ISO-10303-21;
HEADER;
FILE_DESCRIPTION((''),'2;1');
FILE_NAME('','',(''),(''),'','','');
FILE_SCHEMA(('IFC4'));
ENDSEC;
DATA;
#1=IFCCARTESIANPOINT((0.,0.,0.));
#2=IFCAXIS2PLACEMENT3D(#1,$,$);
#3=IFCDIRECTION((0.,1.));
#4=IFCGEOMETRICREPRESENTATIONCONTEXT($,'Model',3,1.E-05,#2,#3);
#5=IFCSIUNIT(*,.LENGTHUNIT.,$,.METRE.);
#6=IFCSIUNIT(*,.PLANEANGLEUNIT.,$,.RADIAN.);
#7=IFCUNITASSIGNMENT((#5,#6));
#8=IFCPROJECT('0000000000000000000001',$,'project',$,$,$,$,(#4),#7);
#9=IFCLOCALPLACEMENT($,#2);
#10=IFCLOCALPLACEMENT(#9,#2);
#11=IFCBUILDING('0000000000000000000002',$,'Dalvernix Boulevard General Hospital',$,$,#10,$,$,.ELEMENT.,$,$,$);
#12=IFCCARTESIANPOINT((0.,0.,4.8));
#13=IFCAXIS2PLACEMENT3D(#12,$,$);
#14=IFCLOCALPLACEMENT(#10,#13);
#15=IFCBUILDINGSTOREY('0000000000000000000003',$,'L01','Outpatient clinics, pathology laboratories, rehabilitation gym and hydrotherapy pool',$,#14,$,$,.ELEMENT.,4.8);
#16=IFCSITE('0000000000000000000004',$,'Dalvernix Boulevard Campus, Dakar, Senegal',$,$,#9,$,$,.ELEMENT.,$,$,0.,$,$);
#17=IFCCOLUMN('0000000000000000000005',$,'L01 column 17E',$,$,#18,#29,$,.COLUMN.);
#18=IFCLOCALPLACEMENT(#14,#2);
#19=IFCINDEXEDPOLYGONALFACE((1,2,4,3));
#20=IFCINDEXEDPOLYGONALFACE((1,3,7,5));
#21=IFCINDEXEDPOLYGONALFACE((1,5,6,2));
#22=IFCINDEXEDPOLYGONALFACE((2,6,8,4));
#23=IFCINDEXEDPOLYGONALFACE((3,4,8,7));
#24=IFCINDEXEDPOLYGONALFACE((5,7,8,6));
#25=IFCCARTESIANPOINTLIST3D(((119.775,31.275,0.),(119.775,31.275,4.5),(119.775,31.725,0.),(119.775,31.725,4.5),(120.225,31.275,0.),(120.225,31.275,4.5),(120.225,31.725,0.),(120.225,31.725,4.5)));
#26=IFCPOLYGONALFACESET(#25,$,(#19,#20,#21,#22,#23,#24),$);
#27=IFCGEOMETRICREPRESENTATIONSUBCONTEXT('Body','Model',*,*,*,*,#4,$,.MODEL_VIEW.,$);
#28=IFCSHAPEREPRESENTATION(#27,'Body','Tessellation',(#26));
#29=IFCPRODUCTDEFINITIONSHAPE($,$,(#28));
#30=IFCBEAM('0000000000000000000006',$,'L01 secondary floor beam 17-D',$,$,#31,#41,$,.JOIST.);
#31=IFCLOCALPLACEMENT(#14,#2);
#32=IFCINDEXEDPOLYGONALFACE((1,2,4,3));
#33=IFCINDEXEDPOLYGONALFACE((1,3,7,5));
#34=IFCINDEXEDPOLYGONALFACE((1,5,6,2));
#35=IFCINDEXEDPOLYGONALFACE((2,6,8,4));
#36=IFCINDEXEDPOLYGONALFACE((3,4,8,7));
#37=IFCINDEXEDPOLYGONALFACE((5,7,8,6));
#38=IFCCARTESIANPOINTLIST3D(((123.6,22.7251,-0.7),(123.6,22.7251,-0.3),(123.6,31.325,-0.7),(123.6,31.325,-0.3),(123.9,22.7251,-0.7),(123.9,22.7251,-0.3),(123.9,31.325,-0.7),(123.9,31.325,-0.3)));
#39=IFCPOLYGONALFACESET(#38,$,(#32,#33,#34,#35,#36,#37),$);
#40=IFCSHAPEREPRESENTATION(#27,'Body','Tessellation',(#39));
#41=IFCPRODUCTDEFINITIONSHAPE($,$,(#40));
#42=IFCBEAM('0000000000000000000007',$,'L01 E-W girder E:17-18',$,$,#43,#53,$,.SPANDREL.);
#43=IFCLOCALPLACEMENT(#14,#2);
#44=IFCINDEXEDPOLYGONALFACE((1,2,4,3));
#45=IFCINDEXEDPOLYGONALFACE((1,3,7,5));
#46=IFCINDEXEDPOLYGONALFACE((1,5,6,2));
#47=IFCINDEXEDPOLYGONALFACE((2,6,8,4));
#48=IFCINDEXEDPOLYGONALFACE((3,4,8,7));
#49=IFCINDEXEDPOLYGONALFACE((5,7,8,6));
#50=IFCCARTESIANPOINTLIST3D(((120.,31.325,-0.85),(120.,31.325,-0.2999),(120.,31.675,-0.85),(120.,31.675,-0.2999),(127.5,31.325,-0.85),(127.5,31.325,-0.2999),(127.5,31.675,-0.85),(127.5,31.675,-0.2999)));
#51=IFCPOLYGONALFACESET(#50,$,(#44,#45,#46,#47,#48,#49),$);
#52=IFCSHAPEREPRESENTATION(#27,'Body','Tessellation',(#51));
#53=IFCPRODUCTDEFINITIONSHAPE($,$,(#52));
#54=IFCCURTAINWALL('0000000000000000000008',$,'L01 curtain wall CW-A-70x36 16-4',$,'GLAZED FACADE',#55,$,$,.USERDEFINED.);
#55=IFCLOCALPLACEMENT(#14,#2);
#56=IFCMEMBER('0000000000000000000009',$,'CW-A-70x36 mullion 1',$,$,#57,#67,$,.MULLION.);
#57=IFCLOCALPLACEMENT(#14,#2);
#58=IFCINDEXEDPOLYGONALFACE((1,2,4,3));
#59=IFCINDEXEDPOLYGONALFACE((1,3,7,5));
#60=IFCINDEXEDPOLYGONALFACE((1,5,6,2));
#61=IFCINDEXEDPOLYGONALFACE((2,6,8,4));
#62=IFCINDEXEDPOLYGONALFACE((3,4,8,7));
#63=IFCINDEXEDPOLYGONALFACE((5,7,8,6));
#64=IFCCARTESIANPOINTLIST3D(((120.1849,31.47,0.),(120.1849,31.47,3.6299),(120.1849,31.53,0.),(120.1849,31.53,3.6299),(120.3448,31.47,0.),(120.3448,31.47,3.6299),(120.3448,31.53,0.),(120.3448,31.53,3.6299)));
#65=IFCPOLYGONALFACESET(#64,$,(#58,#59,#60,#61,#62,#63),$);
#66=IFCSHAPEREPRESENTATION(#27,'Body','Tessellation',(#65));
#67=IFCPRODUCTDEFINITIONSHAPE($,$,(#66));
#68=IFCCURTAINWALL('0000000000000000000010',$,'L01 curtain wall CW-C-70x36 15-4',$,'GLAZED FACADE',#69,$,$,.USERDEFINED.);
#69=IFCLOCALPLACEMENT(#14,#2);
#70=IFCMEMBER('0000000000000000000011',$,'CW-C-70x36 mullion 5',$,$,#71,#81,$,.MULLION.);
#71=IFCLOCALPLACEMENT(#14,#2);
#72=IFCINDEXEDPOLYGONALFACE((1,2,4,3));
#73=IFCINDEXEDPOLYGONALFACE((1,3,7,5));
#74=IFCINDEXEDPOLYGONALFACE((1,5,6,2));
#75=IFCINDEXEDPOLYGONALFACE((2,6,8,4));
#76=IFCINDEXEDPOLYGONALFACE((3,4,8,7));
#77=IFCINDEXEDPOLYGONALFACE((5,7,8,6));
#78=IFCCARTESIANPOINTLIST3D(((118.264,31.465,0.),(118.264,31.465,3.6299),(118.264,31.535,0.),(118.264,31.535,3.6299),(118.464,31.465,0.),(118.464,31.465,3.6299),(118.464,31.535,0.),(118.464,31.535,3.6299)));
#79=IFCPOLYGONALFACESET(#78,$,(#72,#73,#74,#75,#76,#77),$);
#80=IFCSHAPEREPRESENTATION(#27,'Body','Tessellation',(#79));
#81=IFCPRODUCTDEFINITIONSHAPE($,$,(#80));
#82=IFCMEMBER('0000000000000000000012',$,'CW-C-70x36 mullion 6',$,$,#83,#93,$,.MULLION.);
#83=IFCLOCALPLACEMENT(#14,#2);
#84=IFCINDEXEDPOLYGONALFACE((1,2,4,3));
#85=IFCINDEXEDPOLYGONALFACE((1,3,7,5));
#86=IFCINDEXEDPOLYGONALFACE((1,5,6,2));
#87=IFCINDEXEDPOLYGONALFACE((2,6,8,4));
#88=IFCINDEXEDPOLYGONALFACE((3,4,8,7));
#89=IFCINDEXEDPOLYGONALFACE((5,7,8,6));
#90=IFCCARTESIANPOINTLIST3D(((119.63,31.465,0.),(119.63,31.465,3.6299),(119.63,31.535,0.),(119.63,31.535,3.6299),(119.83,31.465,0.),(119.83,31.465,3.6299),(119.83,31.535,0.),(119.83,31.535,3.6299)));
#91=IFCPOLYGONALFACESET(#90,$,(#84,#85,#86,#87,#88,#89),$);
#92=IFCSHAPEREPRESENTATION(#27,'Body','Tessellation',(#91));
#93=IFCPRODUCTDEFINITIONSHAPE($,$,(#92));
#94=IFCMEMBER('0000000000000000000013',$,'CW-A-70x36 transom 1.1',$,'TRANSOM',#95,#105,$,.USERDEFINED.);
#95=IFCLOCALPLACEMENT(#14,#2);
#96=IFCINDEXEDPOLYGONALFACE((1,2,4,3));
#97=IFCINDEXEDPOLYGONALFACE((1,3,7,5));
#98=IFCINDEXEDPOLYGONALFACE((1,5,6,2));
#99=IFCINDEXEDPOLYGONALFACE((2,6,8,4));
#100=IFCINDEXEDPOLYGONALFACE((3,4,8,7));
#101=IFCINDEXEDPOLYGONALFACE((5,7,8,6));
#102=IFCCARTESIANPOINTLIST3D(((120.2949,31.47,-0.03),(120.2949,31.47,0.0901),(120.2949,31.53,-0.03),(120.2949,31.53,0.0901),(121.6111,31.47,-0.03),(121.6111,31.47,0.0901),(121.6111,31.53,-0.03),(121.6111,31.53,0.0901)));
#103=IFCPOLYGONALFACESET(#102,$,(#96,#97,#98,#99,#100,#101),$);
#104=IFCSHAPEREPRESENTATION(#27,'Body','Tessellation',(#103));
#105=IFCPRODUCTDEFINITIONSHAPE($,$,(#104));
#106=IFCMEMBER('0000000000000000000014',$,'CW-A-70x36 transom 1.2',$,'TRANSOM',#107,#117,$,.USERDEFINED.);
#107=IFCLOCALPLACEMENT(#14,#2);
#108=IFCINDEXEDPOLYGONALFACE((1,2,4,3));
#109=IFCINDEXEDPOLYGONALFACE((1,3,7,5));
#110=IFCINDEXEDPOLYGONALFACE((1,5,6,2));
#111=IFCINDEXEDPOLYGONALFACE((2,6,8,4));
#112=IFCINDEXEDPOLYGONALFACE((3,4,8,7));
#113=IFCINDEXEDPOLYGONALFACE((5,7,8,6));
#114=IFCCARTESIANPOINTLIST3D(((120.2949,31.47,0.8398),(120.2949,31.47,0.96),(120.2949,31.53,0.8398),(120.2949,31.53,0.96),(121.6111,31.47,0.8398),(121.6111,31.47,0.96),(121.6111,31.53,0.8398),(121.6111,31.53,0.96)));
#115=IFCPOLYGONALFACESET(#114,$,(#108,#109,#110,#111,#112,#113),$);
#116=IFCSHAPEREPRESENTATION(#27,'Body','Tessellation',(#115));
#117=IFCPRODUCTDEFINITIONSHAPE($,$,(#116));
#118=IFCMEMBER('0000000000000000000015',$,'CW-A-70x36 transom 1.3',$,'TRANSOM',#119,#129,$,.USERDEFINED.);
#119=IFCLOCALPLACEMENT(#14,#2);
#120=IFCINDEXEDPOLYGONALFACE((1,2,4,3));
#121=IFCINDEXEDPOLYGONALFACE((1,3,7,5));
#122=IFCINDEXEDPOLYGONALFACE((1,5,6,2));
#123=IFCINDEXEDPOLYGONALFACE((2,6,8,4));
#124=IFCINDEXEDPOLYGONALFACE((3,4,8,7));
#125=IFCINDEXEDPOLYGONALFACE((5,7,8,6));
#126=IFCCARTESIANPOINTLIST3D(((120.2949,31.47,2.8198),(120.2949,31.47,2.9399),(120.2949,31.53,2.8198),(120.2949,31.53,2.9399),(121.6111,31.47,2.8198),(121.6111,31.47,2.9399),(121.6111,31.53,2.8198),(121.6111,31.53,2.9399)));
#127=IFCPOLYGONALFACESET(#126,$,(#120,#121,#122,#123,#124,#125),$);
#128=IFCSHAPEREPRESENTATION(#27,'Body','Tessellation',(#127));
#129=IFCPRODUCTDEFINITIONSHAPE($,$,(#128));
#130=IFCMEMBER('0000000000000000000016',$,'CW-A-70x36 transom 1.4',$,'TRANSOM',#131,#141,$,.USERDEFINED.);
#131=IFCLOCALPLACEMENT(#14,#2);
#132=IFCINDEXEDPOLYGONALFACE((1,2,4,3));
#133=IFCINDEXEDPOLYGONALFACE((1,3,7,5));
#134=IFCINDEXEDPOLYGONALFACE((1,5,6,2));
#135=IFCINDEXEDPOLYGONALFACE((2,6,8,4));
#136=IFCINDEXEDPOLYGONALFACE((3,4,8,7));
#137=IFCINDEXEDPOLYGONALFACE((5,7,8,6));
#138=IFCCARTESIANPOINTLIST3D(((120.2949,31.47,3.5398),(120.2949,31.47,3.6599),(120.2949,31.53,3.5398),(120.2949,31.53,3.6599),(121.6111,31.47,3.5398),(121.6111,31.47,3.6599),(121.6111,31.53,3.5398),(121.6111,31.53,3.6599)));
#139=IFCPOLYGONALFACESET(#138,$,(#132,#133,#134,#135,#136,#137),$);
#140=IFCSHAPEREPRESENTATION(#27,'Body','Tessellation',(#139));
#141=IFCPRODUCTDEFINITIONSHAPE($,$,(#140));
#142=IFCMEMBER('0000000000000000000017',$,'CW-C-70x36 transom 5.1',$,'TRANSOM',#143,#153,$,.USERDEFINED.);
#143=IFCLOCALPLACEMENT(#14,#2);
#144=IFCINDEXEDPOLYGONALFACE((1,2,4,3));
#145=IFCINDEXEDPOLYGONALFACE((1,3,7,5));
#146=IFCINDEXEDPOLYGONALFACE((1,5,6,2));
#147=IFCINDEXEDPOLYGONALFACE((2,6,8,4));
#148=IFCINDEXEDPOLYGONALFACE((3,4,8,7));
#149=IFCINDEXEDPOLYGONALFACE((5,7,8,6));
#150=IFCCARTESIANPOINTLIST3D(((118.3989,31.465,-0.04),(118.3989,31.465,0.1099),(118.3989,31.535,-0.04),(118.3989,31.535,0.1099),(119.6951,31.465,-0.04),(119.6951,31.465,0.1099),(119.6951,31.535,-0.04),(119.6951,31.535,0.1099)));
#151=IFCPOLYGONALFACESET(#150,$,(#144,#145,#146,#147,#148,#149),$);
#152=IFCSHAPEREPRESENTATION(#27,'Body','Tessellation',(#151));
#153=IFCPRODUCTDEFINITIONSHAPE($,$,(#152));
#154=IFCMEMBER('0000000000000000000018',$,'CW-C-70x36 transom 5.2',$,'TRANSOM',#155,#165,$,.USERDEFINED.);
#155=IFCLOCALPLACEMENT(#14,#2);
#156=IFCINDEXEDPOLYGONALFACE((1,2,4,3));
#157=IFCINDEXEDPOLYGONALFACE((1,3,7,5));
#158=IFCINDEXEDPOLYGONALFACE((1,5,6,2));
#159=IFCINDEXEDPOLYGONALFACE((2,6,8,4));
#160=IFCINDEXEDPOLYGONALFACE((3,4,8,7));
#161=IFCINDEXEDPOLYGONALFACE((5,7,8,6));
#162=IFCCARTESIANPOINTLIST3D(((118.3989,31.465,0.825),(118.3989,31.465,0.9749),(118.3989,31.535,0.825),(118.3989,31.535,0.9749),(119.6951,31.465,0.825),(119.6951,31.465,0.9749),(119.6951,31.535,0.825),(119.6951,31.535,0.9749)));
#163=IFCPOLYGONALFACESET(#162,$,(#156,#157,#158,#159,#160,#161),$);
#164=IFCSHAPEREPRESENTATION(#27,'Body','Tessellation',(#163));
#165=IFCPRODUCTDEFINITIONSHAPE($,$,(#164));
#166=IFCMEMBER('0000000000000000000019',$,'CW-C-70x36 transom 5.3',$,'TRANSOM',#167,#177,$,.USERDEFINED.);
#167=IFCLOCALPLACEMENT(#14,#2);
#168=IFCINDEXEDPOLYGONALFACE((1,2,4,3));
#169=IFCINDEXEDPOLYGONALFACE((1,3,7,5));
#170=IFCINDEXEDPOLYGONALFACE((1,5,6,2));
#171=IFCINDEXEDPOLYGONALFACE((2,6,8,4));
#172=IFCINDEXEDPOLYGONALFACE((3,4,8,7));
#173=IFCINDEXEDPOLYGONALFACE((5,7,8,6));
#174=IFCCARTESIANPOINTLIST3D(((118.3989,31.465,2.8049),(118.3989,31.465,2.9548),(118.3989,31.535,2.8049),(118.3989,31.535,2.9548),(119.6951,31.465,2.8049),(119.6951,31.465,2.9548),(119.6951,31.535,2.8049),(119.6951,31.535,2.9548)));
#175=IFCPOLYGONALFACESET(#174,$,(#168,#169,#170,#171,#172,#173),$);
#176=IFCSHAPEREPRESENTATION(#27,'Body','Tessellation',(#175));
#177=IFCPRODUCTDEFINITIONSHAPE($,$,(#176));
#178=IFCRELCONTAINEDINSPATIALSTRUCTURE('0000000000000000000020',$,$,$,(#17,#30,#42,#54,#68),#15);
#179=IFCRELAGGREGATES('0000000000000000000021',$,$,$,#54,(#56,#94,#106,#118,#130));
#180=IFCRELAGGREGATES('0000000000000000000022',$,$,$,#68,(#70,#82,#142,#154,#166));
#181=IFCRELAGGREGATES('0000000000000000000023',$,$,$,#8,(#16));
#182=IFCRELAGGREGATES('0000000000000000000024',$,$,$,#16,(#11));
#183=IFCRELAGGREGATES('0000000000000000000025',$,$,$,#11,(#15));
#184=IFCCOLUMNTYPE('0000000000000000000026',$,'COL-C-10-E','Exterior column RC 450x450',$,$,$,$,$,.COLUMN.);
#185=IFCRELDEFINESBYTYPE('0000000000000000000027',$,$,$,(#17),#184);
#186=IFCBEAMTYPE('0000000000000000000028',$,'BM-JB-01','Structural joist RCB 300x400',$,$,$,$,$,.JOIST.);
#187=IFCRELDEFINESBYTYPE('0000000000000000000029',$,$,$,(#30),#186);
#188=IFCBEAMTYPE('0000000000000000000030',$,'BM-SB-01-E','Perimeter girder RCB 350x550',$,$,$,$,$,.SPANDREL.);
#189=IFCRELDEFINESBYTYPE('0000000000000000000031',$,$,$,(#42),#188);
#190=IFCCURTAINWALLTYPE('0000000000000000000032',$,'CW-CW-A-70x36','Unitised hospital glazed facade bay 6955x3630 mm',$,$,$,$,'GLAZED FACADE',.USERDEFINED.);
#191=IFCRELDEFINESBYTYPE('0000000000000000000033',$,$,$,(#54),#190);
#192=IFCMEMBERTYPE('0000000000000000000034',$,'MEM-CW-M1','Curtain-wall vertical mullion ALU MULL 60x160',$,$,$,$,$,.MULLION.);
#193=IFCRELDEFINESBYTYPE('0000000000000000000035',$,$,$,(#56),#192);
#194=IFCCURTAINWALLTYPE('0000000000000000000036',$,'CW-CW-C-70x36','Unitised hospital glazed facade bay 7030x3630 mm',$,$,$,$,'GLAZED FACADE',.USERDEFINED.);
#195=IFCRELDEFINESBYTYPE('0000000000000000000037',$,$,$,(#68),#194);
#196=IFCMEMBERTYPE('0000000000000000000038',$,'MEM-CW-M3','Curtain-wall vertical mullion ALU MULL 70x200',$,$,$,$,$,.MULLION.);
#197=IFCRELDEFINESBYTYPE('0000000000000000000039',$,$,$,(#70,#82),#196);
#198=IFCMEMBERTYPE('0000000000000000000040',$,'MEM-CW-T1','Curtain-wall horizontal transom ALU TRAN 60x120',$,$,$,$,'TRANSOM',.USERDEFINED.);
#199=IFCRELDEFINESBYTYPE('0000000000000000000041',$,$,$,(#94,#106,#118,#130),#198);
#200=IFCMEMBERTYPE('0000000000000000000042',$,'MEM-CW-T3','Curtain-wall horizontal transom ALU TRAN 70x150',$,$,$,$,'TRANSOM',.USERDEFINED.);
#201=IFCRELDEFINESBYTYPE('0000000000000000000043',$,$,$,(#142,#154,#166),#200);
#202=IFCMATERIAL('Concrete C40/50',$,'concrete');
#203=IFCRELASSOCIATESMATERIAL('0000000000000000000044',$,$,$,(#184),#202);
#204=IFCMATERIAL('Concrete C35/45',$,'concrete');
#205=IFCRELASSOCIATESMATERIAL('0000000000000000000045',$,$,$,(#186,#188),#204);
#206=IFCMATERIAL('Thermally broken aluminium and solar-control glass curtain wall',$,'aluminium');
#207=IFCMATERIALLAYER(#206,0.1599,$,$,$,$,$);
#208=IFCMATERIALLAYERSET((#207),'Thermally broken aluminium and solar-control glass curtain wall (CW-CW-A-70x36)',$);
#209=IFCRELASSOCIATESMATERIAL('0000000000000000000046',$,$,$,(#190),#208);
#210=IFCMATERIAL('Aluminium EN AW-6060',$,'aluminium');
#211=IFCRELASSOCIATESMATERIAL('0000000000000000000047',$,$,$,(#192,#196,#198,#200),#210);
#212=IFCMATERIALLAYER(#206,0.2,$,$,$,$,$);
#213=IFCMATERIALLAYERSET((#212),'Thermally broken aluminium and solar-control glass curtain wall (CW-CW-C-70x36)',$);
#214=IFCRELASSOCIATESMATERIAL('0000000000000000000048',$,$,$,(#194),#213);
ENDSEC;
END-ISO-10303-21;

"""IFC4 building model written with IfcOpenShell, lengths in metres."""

from ifc_helpers import new_model, si_unit, direction, frame, origin, origin_2d, place, context, subcontext, project, spatial, rectangle, extrude, material, layer, layer_set, material_profile, profile_set, type_object, element, aggregate, save


model = new_model("IFC4")

# Units and contexts
model_context = context("Model", 3, precision=1e-05, world=origin(), true_north=direction((0.0, 1.0)))
body_context = subcontext(model_context, "Body", "Model", "MODEL_VIEW")
ifc_project = project(units=[si_unit("LENGTHUNIT", "METRE"), si_unit("PLANEANGLEUNIT", "RADIAN")], contexts=[model_context])

# Site, building, storey
site_placement = place(None, origin())
site = spatial("IfcSite", under=ifc_project, at=site_placement, Name="Dalvernix Boulevard Campus, Dakar, Senegal", CompositionType="ELEMENT", RefElevation=0.0)
building_placement = place(site_placement, origin())
building = spatial("IfcBuilding", under=site, at=building_placement, Name="Dalvernix Boulevard General Hospital", CompositionType="ELEMENT")
storey_placement = place(building_placement, frame((0.0, 0.0, 4.8)))
storey = spatial("IfcBuildingStorey", under=building, at=storey_placement, Name="L01", Description="Outpatient clinics, pathology laboratories, rehabilitation gym and hydrotherapy pool", CompositionType="ELEMENT", Elevation=4.8)

# Column
ifc_material_1 = material(Name="Concrete C40/50", Category="concrete")
ifc_material_profile_1 = material_profile(ifc_material_1, rectangle(XDim=0.45, YDim=0.45, at=origin_2d()), Name="RC 450x450")
ifc_profile_set_1 = profile_set([ifc_material_profile_1], Name="Concrete C40/50")
column_type = type_object("IfcColumnType", Name="COL-C-10-E", Description="Exterior column RC 450x450", PredefinedType="COLUMN", material=ifc_profile_set_1)
column_placement = place(storey_placement, frame((120.0, 31.5, 0.0), z_axis=(0.0, 0.0, 1.0), x_axis=(1.0, 0.0, 0.0)))
element("IfcColumn", 1, at=column_placement, inside=storey, type_object=column_type, Name="L01 column 17E", PredefinedType="COLUMN", context=body_context, shape_type="SweptSolid", body=[
    extrude(rectangle(XDim=0.45, YDim=0.45, at=origin_2d()), origin(), (0.0, 0.0, 1.0), 4.5),
])

# Beams
ifc_material_2 = material(Name="Concrete C35/45", Category="concrete")
ifc_material_profile_2 = material_profile(ifc_material_2, rectangle(XDim=0.3, YDim=0.3999, at=origin_2d()), Name="RCB 300x400")
ifc_profile_set_2 = profile_set([ifc_material_profile_2], Name="Concrete C35/45")
beam_type_1 = type_object("IfcBeamType", Name="BM-JB-01", Description="Structural joist RCB 300x400", PredefinedType="JOIST", material=ifc_profile_set_2)
beam_1_placement = place(storey_placement, frame((123.75, 22.7251, -0.5), z_axis=(0.0, 1.0, 0.0), x_axis=(-1.0, 0.0, 0.0)))
element("IfcBeam", 2, at=beam_1_placement, inside=storey, type_object=beam_type_1, Name="L01 secondary floor beam 17-D", PredefinedType="JOIST", context=body_context, shape_type="SweptSolid", body=[
    extrude(rectangle(XDim=0.3, YDim=0.3999, at=origin_2d()), origin(), (0.0, 0.0, 1.0), 8.5999),
])
ifc_material_profile_3 = material_profile(ifc_material_2, rectangle(XDim=0.3501, YDim=0.55, at=origin_2d()), Name="RCB 350x550")
ifc_profile_set_3 = profile_set([ifc_material_profile_3], Name="Concrete C35/45")
beam_type_2 = type_object("IfcBeamType", Name="BM-SB-01-E", Description="Perimeter girder RCB 350x550", PredefinedType="SPANDREL", material=ifc_profile_set_3)
beam_2_placement = place(storey_placement, frame((120.0, 31.5, -0.575), z_axis=(1.0, 0.0, 0.0), x_axis=(0.0, 1.0, 0.0)))
element("IfcBeam", 3, at=beam_2_placement, inside=storey, type_object=beam_type_2, Name="L01 E-W girder E:17-18", PredefinedType="SPANDREL", context=body_context, shape_type="SweptSolid", body=[
    extrude(rectangle(XDim=0.3501, YDim=0.55, at=origin_2d()), origin(), (0.0, 0.0, 1.0), 7.5),
])

# Curtain wall, member
ifc_material_3 = material(Name="Thermally broken aluminium and solar-control glass curtain wall", Category="aluminium")
ifc_layer_1 = layer(ifc_material_3, 0.1599)
ifc_layer_set_1 = layer_set([ifc_layer_1], Name="Thermally broken aluminium and solar-control glass curtain wall (CW-CW-A-70x36)")
curtain_wall_type_1 = type_object("IfcCurtainWallType", Name="CW-CW-A-70x36", Description="Unitised hospital glazed facade bay 6955x3630 mm", ElementType="GLAZED FACADE", PredefinedType="USERDEFINED", material=ifc_layer_set_1)
curtain_wall_1_placement = place(storey_placement, origin())
curtain_wall_1 = element("IfcCurtainWall", 4, at=curtain_wall_1_placement, inside=storey, type_object=curtain_wall_type_1, Name="L01 curtain wall CW-A-70x36 16-4", ObjectType="GLAZED FACADE", PredefinedType="USERDEFINED")
ifc_material_4 = material(Name="Aluminium EN AW-6060", Category="aluminium")
ifc_material_profile_4 = material_profile(ifc_material_4, rectangle(XDim=0.0601, YDim=0.1599, at=origin_2d()), Name="ALU MULL 60x160")
ifc_profile_set_4 = profile_set([ifc_material_profile_4], Name="Aluminium EN AW-6060")
member_type_1 = type_object("IfcMemberType", Name="MEM-CW-M1", Description="Curtain-wall vertical mullion ALU MULL 60x160", PredefinedType="MULLION", material=ifc_profile_set_4)
member_1_placement = place(storey_placement, frame((120.2649, 31.5, 0.0), z_axis=(0.0, 0.0, 1.0), x_axis=(0.0, 1.0, 0.0)))
member_1 = element("IfcMember", 5, at=member_1_placement, type_object=member_type_1, Name="CW-A-70x36 mullion 1", PredefinedType="MULLION", context=body_context, shape_type="SweptSolid", body=[
    extrude(rectangle(XDim=0.0601, YDim=0.1599, at=origin_2d()), origin(), (0.0, 0.0, 1.0), 3.6299),
])

# Curtain wall, members
ifc_layer_2 = layer(ifc_material_3, 0.2)
ifc_layer_set_2 = layer_set([ifc_layer_2], Name="Thermally broken aluminium and solar-control glass curtain wall (CW-CW-C-70x36)")
curtain_wall_type_2 = type_object("IfcCurtainWallType", Name="CW-CW-C-70x36", Description="Unitised hospital glazed facade bay 7030x3630 mm", ElementType="GLAZED FACADE", PredefinedType="USERDEFINED", material=ifc_layer_set_2)
curtain_wall_2_placement = place(storey_placement, origin())
curtain_wall_2 = element("IfcCurtainWall", 6, at=curtain_wall_2_placement, inside=storey, type_object=curtain_wall_type_2, Name="L01 curtain wall CW-C-70x36 15-4", ObjectType="GLAZED FACADE", PredefinedType="USERDEFINED")
ifc_material_profile_5 = material_profile(ifc_material_4, rectangle(XDim=0.0701, YDim=0.2, at=origin_2d()), Name="ALU MULL 70x200")
ifc_profile_set_5 = profile_set([ifc_material_profile_5], Name="Aluminium EN AW-6060")
member_type_2 = type_object("IfcMemberType", Name="MEM-CW-M3", Description="Curtain-wall vertical mullion ALU MULL 70x200", PredefinedType="MULLION", material=ifc_profile_set_5)
member_2_placement = place(storey_placement, frame((118.364, 31.5, 0.0), z_axis=(0.0, 0.0, 1.0), x_axis=(0.0, 1.0, 0.0)))
member_2 = element("IfcMember", 7, at=member_2_placement, type_object=member_type_2, Name="CW-C-70x36 mullion 5", PredefinedType="MULLION", context=body_context, shape_type="SweptSolid", body=[
    extrude(rectangle(XDim=0.0701, YDim=0.2, at=origin_2d()), origin(), (0.0, 0.0, 1.0), 3.6299),
])
member_3_placement = place(storey_placement, frame((119.73, 31.5, 0.0), z_axis=(0.0, 0.0, 1.0), x_axis=(0.0, 1.0, 0.0)))
member_3 = element("IfcMember", 8, at=member_3_placement, type_object=member_type_2, Name="CW-C-70x36 mullion 6", PredefinedType="MULLION", context=body_context, shape_type="SweptSolid", body=[
    extrude(rectangle(XDim=0.0701, YDim=0.2, at=origin_2d()), origin(), (0.0, 0.0, 1.0), 3.6299),
])

# Members
ifc_material_profile_6 = material_profile(ifc_material_4, rectangle(XDim=0.0601, YDim=0.1201, at=origin_2d()), Name="ALU TRAN 60x120")
ifc_profile_set_6 = profile_set([ifc_material_profile_6], Name="Aluminium EN AW-6060")
member_type_3 = type_object("IfcMemberType", Name="MEM-CW-T1", Description="Curtain-wall horizontal transom ALU TRAN 60x120", ElementType="TRANSOM", PredefinedType="USERDEFINED", material=ifc_profile_set_6)
member_4_placement = place(storey_placement, frame((120.2949, 31.5, 0.03), z_axis=(1.0, 0.0, 0.0), x_axis=(0.0, 1.0, 0.0)))
member_4 = element("IfcMember", 9, at=member_4_placement, type_object=member_type_3, Name="CW-A-70x36 transom 1.1", ObjectType="TRANSOM", PredefinedType="USERDEFINED", context=body_context, shape_type="SweptSolid", body=[
    extrude(rectangle(XDim=0.0601, YDim=0.1201, at=origin_2d()), origin(), (0.0, 0.0, 1.0), 1.3162),
])
member_5_placement = place(storey_placement, frame((120.2949, 31.5, 0.8999), z_axis=(1.0, 0.0, 0.0), x_axis=(0.0, 1.0, 0.0)))
member_5 = element("IfcMember", 10, at=member_5_placement, type_object=member_type_3, Name="CW-A-70x36 transom 1.2", ObjectType="TRANSOM", PredefinedType="USERDEFINED", context=body_context, shape_type="SweptSolid", body=[
    extrude(rectangle(XDim=0.0601, YDim=0.1201, at=origin_2d()), origin(), (0.0, 0.0, 1.0), 1.3162),
])
member_6_placement = place(storey_placement, frame((120.2949, 31.5, 2.8799), z_axis=(1.0, 0.0, 0.0), x_axis=(0.0, 1.0, 0.0)))
member_6 = element("IfcMember", 11, at=member_6_placement, type_object=member_type_3, Name="CW-A-70x36 transom 1.3", ObjectType="TRANSOM", PredefinedType="USERDEFINED", context=body_context, shape_type="SweptSolid", body=[
    extrude(rectangle(XDim=0.0601, YDim=0.1201, at=origin_2d()), origin(), (0.0, 0.0, 1.0), 1.3162),
])
member_7_placement = place(storey_placement, frame((120.2949, 31.5, 3.5999), z_axis=(1.0, 0.0, 0.0), x_axis=(0.0, 1.0, 0.0)))
member_7 = element("IfcMember", 12, at=member_7_placement, type_object=member_type_3, Name="CW-A-70x36 transom 1.4", ObjectType="TRANSOM", PredefinedType="USERDEFINED", context=body_context, shape_type="SweptSolid", body=[
    extrude(rectangle(XDim=0.0601, YDim=0.1201, at=origin_2d()), origin(), (0.0, 0.0, 1.0), 1.3162),
])
ifc_material_profile_7 = material_profile(ifc_material_4, rectangle(XDim=0.0701, YDim=0.1499, at=origin_2d()), Name="ALU TRAN 70x150")
ifc_profile_set_7 = profile_set([ifc_material_profile_7], Name="Aluminium EN AW-6060")
member_type_4 = type_object("IfcMemberType", Name="MEM-CW-T3", Description="Curtain-wall horizontal transom ALU TRAN 70x150", ElementType="TRANSOM", PredefinedType="USERDEFINED", material=ifc_profile_set_7)
member_8_placement = place(storey_placement, frame((118.3989, 31.5, 0.0349), z_axis=(1.0, 0.0, 0.0), x_axis=(0.0, 1.0, 0.0)))
member_8 = element("IfcMember", 13, at=member_8_placement, type_object=member_type_4, Name="CW-C-70x36 transom 5.1", ObjectType="TRANSOM", PredefinedType="USERDEFINED", context=body_context, shape_type="SweptSolid", body=[
    extrude(rectangle(XDim=0.0701, YDim=0.1499, at=origin_2d()), origin(), (0.0, 0.0, 1.0), 1.2961),
])
member_9_placement = place(storey_placement, frame((118.3989, 31.5, 0.8999), z_axis=(1.0, 0.0, 0.0), x_axis=(0.0, 1.0, 0.0)))
member_9 = element("IfcMember", 14, at=member_9_placement, type_object=member_type_4, Name="CW-C-70x36 transom 5.2", ObjectType="TRANSOM", PredefinedType="USERDEFINED", context=body_context, shape_type="SweptSolid", body=[
    extrude(rectangle(XDim=0.0701, YDim=0.1499, at=origin_2d()), origin(), (0.0, 0.0, 1.0), 1.2961),
])
member_10_placement = place(storey_placement, frame((118.3989, 31.5, 2.8799), z_axis=(1.0, 0.0, 0.0), x_axis=(0.0, 1.0, 0.0)))
member_10 = element("IfcMember", 15, at=member_10_placement, type_object=member_type_4, Name="CW-C-70x36 transom 5.3", ObjectType="TRANSOM", PredefinedType="USERDEFINED", context=body_context, shape_type="SweptSolid", body=[
    extrude(rectangle(XDim=0.0701, YDim=0.1499, at=origin_2d()), origin(), (0.0, 0.0, 1.0), 1.2961),
])

aggregate(curtain_wall_1, [member_1, member_4, member_5, member_6, member_7])
aggregate(curtain_wall_2, [member_2, member_3, member_8, member_9, member_10])

save(model, "model.ifc")
